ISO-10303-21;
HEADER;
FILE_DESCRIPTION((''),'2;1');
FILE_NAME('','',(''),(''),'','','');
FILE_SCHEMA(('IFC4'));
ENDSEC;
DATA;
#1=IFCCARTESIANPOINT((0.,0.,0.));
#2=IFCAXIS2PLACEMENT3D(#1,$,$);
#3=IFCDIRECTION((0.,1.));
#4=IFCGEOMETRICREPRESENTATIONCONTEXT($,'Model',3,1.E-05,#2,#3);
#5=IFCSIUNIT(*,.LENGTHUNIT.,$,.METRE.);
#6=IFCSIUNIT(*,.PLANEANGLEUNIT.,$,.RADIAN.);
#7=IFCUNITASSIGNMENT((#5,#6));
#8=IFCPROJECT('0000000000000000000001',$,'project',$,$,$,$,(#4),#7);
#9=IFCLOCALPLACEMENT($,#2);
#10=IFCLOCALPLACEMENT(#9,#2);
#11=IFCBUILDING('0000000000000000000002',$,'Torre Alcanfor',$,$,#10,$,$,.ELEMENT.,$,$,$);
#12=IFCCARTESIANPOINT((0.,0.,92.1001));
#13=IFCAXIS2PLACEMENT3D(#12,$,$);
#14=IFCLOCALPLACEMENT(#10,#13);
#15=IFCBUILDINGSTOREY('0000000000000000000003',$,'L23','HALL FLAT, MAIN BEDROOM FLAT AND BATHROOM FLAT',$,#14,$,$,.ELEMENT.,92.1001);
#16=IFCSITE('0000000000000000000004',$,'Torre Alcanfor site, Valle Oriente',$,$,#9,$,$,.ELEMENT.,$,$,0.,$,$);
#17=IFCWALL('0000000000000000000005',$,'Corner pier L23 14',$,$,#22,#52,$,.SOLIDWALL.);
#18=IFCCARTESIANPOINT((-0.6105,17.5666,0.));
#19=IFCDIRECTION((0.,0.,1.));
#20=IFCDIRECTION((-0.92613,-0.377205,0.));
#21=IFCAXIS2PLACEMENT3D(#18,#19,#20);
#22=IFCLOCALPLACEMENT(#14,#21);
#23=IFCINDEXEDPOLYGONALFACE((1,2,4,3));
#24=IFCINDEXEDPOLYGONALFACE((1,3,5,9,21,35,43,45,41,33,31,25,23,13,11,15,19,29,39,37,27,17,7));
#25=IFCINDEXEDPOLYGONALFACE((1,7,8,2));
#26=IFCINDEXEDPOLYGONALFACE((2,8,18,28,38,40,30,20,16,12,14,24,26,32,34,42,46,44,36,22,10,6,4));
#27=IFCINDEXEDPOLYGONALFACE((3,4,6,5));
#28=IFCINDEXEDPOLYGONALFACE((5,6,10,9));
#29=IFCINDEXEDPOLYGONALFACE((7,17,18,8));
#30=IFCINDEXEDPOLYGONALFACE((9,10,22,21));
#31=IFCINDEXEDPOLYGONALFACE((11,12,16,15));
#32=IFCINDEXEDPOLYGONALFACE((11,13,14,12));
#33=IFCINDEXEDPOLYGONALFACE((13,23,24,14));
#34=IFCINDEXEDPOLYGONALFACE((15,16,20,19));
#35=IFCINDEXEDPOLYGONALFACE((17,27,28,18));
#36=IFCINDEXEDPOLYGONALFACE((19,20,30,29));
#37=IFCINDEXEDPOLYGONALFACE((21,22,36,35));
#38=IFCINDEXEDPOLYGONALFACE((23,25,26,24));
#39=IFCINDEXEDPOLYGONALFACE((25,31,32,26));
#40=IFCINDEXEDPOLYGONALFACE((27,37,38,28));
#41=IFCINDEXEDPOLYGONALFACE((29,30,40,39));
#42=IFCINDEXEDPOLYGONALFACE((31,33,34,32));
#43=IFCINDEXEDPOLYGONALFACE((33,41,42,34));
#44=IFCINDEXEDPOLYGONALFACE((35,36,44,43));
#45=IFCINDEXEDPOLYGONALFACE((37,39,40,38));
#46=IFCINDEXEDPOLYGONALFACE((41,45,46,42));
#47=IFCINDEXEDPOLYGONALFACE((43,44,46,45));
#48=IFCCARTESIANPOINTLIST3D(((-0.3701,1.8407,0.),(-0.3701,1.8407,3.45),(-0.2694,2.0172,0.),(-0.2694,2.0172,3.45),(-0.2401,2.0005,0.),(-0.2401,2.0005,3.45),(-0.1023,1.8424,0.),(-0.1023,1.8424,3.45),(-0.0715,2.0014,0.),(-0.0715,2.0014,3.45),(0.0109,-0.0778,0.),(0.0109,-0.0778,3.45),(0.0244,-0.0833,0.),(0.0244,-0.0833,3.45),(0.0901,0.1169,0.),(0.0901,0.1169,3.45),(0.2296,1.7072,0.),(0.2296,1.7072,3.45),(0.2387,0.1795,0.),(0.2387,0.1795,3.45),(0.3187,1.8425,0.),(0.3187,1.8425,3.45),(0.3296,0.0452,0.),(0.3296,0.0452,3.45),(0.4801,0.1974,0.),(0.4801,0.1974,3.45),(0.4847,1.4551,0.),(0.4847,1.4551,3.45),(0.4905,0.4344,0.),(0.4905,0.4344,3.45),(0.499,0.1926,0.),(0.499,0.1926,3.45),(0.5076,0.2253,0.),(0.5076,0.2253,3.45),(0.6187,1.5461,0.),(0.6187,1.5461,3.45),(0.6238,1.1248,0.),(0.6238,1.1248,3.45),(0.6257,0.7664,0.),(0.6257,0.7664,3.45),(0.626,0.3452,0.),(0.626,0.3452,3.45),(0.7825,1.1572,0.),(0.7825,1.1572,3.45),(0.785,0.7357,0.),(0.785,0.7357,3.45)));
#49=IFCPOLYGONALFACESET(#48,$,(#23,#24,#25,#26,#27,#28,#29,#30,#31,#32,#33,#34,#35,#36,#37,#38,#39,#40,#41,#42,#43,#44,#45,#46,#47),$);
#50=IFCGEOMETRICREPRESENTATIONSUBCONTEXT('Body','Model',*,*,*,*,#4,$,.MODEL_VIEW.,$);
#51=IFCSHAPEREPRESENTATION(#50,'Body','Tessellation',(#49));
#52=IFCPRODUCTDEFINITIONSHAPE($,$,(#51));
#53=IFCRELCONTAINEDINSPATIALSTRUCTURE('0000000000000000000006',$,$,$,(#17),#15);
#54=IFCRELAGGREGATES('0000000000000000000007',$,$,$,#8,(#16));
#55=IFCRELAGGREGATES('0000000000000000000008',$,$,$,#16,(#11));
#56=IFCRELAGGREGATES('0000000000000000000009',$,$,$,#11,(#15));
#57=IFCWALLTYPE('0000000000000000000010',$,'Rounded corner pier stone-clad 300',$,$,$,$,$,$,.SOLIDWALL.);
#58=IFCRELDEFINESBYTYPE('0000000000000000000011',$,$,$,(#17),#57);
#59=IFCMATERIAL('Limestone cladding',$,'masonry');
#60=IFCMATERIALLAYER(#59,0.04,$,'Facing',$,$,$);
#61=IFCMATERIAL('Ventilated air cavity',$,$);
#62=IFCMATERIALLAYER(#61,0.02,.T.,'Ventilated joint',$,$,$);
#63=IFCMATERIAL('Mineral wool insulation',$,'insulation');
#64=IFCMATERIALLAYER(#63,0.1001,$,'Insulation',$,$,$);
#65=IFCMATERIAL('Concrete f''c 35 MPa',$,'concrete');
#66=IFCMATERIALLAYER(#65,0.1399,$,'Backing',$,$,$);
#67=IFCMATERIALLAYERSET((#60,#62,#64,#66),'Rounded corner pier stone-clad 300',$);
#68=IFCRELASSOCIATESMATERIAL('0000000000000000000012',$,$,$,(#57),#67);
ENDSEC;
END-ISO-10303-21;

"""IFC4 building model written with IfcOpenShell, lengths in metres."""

from ifc_helpers import new_model, si_unit, direction, frame, origin, place, context, subcontext, project, spatial, polyline, outline, extrude, material, layer, layer_set, type_object, element, save


model = new_model("IFC4")

# Units and contexts
model_context = context("Model", 3, precision=1e-05, world=origin(), true_north=direction((0.0, 1.0)))
body_context = subcontext(model_context, "Body", "Model", "MODEL_VIEW")
ifc_project = project(units=[si_unit("LENGTHUNIT", "METRE"), si_unit("PLANEANGLEUNIT", "RADIAN")], contexts=[model_context])

# Site, building, storey
site_placement = place(None, origin())
site = spatial("IfcSite", under=ifc_project, at=site_placement, Name="Torre Alcanfor site, Valle Oriente", CompositionType="ELEMENT", RefElevation=0.0)
building_placement = place(site_placement, origin())
building = spatial("IfcBuilding", under=site, at=building_placement, Name="Torre Alcanfor", CompositionType="ELEMENT")
storey_placement = place(building_placement, frame((0.0, 0.0, 92.1001)))
storey = spatial("IfcBuildingStorey", under=building, at=storey_placement, Name="L23", Description="HALL FLAT, MAIN BEDROOM FLAT AND BATHROOM FLAT", CompositionType="ELEMENT", Elevation=92.1001)

# Shared definitions
ifc_material_1 = material(Name="Limestone cladding", Category="masonry")
ifc_material_2 = material(Name="Ventilated air cavity")
ifc_material_3 = material(Name="Mineral wool insulation", Category="insulation")
ifc_material_4 = material(Name="Concrete f'c 35 MPa", Category="concrete")

# Wall
ifc_layer_1 = layer(ifc_material_1, 0.04, Name="Facing")
ifc_layer_2 = layer(ifc_material_2, 0.02, ventilated=True, Name="Ventilated joint")
ifc_layer_3 = layer(ifc_material_3, 0.1001, Name="Insulation")
ifc_layer_4 = layer(ifc_material_4, 0.1399, Name="Backing")
ifc_layer_set_1 = layer_set([ifc_layer_1, ifc_layer_2, ifc_layer_3, ifc_layer_4], Name="Rounded corner pier stone-clad 300")
wall_type_1 = type_object("IfcWallType", Name="Rounded corner pier stone-clad 300", PredefinedType="SOLIDWALL", material=ifc_layer_set_1)
wall_1_placement = place(storey_placement, frame((-0.6105, 17.5666, 0.0), z_axis=(0.0, 0.0, 1.0), x_axis=(-0.92613, -0.377205, 0.0)))
element("IfcWall", 1, at=wall_1_placement, inside=storey, type_object=wall_type_1, Name="Corner pier L23 14", PredefinedType="SOLIDWALL", context=body_context, shape_type="SweptSolid", body=[
    extrude(outline(polyline([(-0.2694, 2.0172), (-0.3701, 1.8407), (-0.1023, 1.8424), (0.2296, 1.7072), (0.4847, 1.4551), (0.6238, 1.1248), (0.6257, 0.7664), (0.4905, 0.4344), (0.2387, 0.1795), (0.0901, 0.1169), (0.0109, -0.0778), (0.0244, -0.0833), (0.3296, 0.0452), (0.4801, 0.1974), (0.499, 0.1926), (0.5076, 0.2253), (0.626, 0.3452), (0.785, 0.7357), (0.7825, 1.1572), (0.6187, 1.5461), (0.3187, 1.8425), (-0.0715, 2.0014), (-0.2401, 2.0005), (-0.2694, 2.0172)])), origin(), (0.0, 0.0, 1.0), 3.45),
])

save(model, "model.ifc")
